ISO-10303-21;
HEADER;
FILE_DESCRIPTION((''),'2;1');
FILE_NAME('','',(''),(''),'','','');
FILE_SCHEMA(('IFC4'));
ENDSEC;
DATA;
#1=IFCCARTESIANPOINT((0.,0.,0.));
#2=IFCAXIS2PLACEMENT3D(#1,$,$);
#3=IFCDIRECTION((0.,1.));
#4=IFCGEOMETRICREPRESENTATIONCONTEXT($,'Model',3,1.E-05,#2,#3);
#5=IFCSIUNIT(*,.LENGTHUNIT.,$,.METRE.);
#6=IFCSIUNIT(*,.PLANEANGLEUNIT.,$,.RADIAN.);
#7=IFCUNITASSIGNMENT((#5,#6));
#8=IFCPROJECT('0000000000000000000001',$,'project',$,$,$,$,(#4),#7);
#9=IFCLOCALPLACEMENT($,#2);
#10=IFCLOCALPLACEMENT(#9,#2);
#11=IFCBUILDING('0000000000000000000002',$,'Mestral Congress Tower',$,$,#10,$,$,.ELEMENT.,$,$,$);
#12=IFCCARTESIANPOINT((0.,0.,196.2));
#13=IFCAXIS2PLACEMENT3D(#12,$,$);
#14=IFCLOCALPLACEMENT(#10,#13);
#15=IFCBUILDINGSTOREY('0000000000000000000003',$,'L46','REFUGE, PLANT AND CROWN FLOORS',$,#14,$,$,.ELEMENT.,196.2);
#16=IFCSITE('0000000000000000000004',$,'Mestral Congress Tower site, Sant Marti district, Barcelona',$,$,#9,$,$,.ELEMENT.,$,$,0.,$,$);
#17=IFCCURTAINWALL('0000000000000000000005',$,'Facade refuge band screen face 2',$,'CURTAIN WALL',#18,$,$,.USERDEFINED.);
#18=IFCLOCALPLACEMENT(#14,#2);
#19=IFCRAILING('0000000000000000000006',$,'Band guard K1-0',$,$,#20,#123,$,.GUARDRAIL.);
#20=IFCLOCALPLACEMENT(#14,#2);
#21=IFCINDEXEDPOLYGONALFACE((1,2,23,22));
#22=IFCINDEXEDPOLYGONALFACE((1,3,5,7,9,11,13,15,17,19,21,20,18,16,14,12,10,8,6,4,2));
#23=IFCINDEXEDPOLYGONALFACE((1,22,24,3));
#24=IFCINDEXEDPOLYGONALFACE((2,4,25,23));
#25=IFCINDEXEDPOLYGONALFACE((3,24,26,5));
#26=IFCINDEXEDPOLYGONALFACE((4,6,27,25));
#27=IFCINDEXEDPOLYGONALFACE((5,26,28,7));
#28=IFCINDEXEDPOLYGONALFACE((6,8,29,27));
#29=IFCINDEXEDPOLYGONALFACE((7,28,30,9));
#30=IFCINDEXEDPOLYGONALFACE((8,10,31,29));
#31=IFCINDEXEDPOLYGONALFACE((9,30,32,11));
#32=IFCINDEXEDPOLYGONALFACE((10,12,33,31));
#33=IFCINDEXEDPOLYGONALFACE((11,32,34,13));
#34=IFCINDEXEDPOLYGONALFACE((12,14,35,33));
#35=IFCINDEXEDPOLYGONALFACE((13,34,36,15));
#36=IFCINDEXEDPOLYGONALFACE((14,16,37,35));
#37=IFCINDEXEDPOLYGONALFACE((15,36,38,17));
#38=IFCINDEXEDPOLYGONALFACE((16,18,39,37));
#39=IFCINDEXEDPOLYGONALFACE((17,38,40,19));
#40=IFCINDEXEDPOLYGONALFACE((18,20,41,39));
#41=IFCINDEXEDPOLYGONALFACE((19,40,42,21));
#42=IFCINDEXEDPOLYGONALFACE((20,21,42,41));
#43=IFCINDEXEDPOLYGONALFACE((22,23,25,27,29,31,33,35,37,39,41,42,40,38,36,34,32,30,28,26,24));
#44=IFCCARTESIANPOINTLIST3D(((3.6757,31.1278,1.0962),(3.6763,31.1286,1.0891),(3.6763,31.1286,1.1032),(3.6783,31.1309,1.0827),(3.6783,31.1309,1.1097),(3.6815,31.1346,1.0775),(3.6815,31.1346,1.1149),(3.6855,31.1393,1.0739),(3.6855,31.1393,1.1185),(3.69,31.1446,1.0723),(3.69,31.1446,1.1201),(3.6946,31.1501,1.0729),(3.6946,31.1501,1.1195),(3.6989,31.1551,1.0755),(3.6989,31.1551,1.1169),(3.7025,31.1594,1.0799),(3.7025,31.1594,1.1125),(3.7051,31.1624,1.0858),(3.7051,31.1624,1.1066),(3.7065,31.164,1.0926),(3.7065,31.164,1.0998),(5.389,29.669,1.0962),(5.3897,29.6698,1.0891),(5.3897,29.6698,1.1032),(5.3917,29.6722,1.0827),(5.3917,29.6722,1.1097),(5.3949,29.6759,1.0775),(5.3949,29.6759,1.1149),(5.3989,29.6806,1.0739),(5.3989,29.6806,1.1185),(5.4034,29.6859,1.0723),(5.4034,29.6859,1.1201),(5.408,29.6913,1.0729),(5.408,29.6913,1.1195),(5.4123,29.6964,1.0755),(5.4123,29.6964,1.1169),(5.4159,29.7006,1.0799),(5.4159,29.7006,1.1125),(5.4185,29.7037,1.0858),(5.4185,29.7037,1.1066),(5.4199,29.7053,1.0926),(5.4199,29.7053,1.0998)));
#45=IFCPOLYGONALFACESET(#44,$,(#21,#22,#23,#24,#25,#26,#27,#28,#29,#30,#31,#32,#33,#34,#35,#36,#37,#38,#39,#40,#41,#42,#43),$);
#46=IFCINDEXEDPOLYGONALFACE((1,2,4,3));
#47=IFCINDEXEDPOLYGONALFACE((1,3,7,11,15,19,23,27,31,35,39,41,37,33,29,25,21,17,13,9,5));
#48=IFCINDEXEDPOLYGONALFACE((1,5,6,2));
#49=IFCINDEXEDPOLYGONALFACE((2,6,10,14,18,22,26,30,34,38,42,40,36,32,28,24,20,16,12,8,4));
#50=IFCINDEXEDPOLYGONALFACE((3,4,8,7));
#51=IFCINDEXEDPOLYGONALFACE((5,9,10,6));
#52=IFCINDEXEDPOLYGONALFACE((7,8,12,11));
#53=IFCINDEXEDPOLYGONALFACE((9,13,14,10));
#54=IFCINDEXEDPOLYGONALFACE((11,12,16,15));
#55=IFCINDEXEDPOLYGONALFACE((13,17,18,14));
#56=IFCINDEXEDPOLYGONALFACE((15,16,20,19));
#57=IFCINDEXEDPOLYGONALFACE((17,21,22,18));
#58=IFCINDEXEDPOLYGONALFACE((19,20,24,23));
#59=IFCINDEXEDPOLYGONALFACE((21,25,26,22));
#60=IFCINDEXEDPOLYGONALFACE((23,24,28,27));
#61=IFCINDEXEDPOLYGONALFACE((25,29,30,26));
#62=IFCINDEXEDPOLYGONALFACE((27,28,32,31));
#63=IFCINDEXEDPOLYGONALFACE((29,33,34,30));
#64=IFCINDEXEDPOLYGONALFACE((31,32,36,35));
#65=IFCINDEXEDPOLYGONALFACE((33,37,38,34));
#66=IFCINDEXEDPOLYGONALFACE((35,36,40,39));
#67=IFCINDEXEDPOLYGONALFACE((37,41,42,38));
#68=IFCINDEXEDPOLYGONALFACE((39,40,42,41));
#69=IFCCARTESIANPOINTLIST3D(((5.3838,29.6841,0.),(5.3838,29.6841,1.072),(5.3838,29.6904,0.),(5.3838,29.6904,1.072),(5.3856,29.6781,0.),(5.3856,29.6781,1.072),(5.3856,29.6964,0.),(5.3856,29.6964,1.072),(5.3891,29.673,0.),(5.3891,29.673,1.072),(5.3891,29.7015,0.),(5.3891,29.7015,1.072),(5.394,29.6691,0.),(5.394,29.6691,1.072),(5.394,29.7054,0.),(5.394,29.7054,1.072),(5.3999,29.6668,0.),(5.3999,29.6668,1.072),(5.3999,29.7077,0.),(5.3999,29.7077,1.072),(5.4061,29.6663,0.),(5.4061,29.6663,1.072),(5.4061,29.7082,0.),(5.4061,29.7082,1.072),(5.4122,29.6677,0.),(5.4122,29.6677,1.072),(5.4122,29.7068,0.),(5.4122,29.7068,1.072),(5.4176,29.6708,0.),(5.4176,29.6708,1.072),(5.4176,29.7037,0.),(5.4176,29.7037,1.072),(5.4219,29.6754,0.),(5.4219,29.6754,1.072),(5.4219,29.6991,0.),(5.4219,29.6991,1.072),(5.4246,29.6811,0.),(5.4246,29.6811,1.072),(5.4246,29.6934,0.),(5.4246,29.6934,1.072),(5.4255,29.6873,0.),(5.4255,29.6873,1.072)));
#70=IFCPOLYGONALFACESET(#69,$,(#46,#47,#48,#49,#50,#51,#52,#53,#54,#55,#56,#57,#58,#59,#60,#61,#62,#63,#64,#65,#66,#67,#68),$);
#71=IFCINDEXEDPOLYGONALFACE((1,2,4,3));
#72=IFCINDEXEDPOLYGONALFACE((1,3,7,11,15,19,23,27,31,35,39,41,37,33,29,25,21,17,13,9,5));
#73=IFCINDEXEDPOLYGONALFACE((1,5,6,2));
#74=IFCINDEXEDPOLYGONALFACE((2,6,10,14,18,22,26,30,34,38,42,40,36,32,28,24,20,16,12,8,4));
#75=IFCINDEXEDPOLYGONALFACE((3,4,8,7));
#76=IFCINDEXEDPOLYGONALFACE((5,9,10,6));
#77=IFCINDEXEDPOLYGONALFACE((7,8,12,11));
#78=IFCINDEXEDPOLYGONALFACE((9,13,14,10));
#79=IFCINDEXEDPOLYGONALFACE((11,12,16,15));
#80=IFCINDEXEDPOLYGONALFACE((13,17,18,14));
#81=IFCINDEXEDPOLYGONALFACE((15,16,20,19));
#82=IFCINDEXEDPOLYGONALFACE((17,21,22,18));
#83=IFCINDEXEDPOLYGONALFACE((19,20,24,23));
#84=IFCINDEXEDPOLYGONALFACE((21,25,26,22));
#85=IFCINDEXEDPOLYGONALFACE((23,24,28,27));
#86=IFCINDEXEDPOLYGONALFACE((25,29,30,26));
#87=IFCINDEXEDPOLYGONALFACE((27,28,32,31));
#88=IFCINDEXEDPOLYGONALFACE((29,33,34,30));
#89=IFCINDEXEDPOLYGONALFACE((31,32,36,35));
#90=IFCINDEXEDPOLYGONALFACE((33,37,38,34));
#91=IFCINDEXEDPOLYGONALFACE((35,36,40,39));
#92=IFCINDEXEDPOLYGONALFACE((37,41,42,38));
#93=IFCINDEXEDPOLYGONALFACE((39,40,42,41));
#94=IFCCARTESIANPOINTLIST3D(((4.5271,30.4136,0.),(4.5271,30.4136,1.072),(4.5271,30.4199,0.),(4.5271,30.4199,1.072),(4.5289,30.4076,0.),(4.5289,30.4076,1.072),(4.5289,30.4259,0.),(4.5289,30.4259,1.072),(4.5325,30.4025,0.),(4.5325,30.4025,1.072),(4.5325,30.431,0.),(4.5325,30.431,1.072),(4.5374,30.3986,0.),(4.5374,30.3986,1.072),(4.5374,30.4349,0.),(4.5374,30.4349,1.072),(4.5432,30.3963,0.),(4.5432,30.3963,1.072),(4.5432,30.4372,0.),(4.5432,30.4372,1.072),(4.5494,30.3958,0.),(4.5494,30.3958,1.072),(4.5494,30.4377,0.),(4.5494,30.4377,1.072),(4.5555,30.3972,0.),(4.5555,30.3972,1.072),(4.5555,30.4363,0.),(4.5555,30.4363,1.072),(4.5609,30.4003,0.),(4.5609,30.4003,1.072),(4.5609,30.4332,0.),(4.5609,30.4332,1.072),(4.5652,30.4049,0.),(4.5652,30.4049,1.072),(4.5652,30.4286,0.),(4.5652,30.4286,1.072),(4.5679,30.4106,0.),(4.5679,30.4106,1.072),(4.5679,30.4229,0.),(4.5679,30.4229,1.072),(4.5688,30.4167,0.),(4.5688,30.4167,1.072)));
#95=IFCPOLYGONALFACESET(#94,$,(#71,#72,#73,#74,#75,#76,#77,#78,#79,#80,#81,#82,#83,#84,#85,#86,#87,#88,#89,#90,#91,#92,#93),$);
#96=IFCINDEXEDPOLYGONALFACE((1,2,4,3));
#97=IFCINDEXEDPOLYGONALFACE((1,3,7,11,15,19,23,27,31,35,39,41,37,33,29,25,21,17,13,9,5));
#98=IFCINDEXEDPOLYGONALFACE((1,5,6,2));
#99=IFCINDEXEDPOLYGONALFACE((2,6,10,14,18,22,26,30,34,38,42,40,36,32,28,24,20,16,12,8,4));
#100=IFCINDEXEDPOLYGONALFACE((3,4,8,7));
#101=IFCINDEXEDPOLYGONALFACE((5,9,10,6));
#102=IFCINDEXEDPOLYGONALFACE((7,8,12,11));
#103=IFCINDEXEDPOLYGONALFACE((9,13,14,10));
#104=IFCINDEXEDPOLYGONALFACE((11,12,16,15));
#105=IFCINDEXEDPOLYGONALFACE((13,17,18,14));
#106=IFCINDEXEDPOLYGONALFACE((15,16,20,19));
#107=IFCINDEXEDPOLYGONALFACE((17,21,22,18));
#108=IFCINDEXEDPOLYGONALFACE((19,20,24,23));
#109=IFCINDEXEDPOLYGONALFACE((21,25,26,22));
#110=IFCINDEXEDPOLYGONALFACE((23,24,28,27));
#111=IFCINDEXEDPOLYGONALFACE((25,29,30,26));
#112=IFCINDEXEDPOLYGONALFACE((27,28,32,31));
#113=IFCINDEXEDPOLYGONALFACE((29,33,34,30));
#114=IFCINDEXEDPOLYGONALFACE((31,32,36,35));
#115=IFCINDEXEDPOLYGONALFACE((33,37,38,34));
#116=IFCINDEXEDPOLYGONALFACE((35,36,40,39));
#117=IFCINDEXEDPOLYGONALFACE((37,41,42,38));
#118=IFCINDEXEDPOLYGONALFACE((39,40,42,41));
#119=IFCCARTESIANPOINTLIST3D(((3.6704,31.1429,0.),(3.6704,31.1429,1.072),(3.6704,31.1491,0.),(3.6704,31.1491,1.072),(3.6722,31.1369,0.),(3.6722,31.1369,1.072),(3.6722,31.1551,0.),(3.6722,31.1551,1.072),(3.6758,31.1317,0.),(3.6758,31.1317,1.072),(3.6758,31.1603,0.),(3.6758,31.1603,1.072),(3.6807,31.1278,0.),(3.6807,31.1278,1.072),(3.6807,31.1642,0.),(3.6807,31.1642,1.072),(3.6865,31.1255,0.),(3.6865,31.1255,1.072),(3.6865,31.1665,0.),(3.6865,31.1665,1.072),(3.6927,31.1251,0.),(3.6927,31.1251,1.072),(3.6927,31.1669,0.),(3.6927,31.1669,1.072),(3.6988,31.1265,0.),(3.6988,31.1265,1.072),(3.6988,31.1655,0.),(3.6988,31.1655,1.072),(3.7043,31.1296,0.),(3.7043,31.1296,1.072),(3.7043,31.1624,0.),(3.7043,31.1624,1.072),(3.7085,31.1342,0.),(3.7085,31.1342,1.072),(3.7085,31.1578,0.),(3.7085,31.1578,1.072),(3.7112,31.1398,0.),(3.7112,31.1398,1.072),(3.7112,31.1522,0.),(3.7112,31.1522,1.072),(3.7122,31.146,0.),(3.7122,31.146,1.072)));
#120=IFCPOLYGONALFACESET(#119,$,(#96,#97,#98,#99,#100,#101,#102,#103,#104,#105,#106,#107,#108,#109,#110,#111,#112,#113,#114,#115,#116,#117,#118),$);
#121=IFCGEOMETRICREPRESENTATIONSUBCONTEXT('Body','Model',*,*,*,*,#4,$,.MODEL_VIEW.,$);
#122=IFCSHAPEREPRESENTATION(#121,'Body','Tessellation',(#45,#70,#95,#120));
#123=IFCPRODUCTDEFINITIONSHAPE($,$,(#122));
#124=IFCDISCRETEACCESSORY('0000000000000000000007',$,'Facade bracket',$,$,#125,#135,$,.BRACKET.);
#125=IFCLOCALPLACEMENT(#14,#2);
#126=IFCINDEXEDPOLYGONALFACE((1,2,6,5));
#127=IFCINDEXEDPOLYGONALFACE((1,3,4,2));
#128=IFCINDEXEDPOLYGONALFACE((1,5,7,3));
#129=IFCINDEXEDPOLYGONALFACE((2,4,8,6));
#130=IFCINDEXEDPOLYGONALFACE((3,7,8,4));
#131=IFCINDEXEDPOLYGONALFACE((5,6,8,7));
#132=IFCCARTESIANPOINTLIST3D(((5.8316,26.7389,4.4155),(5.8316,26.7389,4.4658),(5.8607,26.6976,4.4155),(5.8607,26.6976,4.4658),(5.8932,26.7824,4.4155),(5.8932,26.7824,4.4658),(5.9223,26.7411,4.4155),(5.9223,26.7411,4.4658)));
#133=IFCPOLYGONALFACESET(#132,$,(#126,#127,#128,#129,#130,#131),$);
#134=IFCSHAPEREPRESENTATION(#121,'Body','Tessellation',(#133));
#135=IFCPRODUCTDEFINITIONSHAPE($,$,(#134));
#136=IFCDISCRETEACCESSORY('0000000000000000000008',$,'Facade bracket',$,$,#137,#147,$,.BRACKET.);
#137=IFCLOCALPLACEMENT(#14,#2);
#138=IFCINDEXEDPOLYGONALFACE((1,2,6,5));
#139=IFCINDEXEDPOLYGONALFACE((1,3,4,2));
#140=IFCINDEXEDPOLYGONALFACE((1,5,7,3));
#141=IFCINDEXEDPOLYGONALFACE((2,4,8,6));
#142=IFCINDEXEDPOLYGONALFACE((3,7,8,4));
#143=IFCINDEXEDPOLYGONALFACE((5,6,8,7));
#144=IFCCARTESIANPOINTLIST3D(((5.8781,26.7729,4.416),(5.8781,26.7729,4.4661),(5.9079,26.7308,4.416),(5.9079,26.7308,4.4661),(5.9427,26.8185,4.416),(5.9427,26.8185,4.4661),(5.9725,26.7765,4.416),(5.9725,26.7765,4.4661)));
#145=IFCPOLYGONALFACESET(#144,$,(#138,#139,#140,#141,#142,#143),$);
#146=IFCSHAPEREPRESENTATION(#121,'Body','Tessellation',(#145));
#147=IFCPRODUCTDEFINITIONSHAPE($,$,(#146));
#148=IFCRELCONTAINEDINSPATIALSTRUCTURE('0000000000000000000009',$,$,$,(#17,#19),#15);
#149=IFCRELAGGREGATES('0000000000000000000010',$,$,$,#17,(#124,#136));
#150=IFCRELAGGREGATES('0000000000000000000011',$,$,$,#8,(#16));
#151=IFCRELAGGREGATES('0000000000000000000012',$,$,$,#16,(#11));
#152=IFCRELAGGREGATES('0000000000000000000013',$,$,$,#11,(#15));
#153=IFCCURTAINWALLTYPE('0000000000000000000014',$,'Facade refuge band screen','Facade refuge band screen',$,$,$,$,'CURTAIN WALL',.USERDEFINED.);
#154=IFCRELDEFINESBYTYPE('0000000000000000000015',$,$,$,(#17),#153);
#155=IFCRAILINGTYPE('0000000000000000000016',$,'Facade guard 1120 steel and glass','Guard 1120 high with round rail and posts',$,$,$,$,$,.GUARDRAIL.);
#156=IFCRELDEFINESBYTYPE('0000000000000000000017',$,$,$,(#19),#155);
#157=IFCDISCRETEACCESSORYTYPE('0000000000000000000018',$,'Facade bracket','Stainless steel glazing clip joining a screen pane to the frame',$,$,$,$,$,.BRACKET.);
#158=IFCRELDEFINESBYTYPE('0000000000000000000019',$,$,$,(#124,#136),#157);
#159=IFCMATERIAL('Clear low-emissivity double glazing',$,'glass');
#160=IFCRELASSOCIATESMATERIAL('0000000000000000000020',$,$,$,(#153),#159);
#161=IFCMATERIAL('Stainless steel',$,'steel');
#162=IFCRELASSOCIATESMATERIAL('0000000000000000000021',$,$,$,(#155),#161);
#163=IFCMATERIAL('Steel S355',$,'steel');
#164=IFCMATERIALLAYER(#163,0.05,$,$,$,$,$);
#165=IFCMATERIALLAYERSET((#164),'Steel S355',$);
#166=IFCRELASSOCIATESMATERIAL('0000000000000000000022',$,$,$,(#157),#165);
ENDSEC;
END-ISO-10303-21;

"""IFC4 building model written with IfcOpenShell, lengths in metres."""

from ifc_helpers import new_model, si_unit, direction, frame, origin, origin_2d, place, context, subcontext, project, spatial, rectangle, circle, extrude, material, layer, layer_set, type_object, element, aggregate, save


model = new_model("IFC4")

# Units and contexts
model_context = context("Model", 3, precision=1e-05, world=origin(), true_north=direction((0.0, 1.0)))
body_context = subcontext(model_context, "Body", "Model", "MODEL_VIEW")
ifc_project = project(units=[si_unit("LENGTHUNIT", "METRE"), si_unit("PLANEANGLEUNIT", "RADIAN")], contexts=[model_context])

# Site, building, storey
site_placement = place(None, origin())
site = spatial("IfcSite", under=ifc_project, at=site_placement, Name="Mestral Congress Tower site, Sant Marti district, Barcelona", CompositionType="ELEMENT", RefElevation=0.0)
building_placement = place(site_placement, origin())
building = spatial("IfcBuilding", under=site, at=building_placement, Name="Mestral Congress Tower", CompositionType="ELEMENT")
storey_placement = place(building_placement, frame((0.0, 0.0, 196.2)))
storey = spatial("IfcBuildingStorey", under=building, at=storey_placement, Name="L46", Description="REFUGE, PLANT AND CROWN FLOORS", CompositionType="ELEMENT", Elevation=196.2)

# Shared definitions
ifc_material_1 = material(Name="Steel S355", Category="steel")

# Curtain wall
ifc_material_2 = material(Name="Clear low-emissivity double glazing", Category="glass")
curtain_wall_type = type_object("IfcCurtainWallType", Name="Facade refuge band screen", Description="Facade refuge band screen", ElementType="CURTAIN WALL", PredefinedType="USERDEFINED", material=ifc_material_2)
curtain_wall_placement = place(storey_placement, origin())
curtain_wall = element("IfcCurtainWall", 1, at=curtain_wall_placement, inside=storey, type_object=curtain_wall_type, Name="Facade refuge band screen face 2", ObjectType="CURTAIN WALL", PredefinedType="USERDEFINED")

# Railing
ifc_material_3 = material(Name="Stainless steel", Category="steel")
railing_type = type_object("IfcRailingType", Name="Facade guard 1120 steel and glass", Description="Guard 1120 high with round rail and posts", PredefinedType="GUARDRAIL", material=ifc_material_3)
railing_1_placement = place(storey_placement, frame((5.4045, 29.6873, 0.0)))
element("IfcRailing", 2, at=railing_1_placement, inside=storey, type_object=railing_type, Name="Band guard K1-0", PredefinedType="GUARDRAIL", context=body_context, shape_type="SweptSolid", body=[
    extrude(circle(Radius=0.0239, at=origin_2d()), frame((0.0, 0.0, 1.0962), z_axis=(-0.76142, 0.648259, 0.0), x_axis=(-0.648259, -0.76142, 0.0)), (0.0, 0.0, 1.0), 2.2502),
    extrude(circle(Radius=0.021, at=origin_2d()), origin(), (0.0, 0.0, 1.0), 1.072),
    extrude(circle(Radius=0.021, at=origin_2d()), frame((-0.8567, 0.7295, 0.0)), (0.0, 0.0, 1.0), 1.072),
    extrude(circle(Radius=0.021, at=origin_2d()), frame((-1.7134, 1.4587, 0.0)), (0.0, 0.0, 1.0), 1.072),
])

# Discrete accessories
ifc_layer_1 = layer(ifc_material_1, 0.05)
ifc_layer_set_1 = layer_set([ifc_layer_1], Name="Steel S355")
discrete_accessory_type = type_object("IfcDiscreteAccessoryType", Name="Facade bracket", Description="Stainless steel glazing clip joining a screen pane to the frame", PredefinedType="BRACKET", material=ifc_layer_set_1)
discrete_accessory_1_placement = place(storey_placement, frame((5.877, 26.74, 4.4155), z_axis=(0.0, 0.0, 1.0), x_axis=(-0.577137, 0.816648, 0.0)))
discrete_accessory_1 = element("IfcDiscreteAccessory", 3, at=discrete_accessory_1_placement, type_object=discrete_accessory_type, Name="Facade bracket", PredefinedType="BRACKET", context=body_context, shape_type="SweptSolid", body=[
    extrude(rectangle(XDim=0.0505, YDim=0.0754, at=origin_2d()), origin(), (0.0, 0.0, 1.0), 0.0503),
])
discrete_accessory_2_placement = place(storey_placement, frame((5.9253, 26.7747, 4.416), z_axis=(0.0, 0.0, 1.0), x_axis=(-0.577144, 0.816643, 0.0)))
discrete_accessory_2 = element("IfcDiscreteAccessory", 4, at=discrete_accessory_2_placement, type_object=discrete_accessory_type, Name="Facade bracket", PredefinedType="BRACKET", context=body_context, shape_type="SweptSolid", body=[
    extrude(rectangle(XDim=0.0515, YDim=0.0791, at=origin_2d()), origin(), (0.0, 0.0, 1.0), 0.05),
])
aggregate(curtain_wall, [discrete_accessory_1, discrete_accessory_2])

save(model, "model.ifc")
